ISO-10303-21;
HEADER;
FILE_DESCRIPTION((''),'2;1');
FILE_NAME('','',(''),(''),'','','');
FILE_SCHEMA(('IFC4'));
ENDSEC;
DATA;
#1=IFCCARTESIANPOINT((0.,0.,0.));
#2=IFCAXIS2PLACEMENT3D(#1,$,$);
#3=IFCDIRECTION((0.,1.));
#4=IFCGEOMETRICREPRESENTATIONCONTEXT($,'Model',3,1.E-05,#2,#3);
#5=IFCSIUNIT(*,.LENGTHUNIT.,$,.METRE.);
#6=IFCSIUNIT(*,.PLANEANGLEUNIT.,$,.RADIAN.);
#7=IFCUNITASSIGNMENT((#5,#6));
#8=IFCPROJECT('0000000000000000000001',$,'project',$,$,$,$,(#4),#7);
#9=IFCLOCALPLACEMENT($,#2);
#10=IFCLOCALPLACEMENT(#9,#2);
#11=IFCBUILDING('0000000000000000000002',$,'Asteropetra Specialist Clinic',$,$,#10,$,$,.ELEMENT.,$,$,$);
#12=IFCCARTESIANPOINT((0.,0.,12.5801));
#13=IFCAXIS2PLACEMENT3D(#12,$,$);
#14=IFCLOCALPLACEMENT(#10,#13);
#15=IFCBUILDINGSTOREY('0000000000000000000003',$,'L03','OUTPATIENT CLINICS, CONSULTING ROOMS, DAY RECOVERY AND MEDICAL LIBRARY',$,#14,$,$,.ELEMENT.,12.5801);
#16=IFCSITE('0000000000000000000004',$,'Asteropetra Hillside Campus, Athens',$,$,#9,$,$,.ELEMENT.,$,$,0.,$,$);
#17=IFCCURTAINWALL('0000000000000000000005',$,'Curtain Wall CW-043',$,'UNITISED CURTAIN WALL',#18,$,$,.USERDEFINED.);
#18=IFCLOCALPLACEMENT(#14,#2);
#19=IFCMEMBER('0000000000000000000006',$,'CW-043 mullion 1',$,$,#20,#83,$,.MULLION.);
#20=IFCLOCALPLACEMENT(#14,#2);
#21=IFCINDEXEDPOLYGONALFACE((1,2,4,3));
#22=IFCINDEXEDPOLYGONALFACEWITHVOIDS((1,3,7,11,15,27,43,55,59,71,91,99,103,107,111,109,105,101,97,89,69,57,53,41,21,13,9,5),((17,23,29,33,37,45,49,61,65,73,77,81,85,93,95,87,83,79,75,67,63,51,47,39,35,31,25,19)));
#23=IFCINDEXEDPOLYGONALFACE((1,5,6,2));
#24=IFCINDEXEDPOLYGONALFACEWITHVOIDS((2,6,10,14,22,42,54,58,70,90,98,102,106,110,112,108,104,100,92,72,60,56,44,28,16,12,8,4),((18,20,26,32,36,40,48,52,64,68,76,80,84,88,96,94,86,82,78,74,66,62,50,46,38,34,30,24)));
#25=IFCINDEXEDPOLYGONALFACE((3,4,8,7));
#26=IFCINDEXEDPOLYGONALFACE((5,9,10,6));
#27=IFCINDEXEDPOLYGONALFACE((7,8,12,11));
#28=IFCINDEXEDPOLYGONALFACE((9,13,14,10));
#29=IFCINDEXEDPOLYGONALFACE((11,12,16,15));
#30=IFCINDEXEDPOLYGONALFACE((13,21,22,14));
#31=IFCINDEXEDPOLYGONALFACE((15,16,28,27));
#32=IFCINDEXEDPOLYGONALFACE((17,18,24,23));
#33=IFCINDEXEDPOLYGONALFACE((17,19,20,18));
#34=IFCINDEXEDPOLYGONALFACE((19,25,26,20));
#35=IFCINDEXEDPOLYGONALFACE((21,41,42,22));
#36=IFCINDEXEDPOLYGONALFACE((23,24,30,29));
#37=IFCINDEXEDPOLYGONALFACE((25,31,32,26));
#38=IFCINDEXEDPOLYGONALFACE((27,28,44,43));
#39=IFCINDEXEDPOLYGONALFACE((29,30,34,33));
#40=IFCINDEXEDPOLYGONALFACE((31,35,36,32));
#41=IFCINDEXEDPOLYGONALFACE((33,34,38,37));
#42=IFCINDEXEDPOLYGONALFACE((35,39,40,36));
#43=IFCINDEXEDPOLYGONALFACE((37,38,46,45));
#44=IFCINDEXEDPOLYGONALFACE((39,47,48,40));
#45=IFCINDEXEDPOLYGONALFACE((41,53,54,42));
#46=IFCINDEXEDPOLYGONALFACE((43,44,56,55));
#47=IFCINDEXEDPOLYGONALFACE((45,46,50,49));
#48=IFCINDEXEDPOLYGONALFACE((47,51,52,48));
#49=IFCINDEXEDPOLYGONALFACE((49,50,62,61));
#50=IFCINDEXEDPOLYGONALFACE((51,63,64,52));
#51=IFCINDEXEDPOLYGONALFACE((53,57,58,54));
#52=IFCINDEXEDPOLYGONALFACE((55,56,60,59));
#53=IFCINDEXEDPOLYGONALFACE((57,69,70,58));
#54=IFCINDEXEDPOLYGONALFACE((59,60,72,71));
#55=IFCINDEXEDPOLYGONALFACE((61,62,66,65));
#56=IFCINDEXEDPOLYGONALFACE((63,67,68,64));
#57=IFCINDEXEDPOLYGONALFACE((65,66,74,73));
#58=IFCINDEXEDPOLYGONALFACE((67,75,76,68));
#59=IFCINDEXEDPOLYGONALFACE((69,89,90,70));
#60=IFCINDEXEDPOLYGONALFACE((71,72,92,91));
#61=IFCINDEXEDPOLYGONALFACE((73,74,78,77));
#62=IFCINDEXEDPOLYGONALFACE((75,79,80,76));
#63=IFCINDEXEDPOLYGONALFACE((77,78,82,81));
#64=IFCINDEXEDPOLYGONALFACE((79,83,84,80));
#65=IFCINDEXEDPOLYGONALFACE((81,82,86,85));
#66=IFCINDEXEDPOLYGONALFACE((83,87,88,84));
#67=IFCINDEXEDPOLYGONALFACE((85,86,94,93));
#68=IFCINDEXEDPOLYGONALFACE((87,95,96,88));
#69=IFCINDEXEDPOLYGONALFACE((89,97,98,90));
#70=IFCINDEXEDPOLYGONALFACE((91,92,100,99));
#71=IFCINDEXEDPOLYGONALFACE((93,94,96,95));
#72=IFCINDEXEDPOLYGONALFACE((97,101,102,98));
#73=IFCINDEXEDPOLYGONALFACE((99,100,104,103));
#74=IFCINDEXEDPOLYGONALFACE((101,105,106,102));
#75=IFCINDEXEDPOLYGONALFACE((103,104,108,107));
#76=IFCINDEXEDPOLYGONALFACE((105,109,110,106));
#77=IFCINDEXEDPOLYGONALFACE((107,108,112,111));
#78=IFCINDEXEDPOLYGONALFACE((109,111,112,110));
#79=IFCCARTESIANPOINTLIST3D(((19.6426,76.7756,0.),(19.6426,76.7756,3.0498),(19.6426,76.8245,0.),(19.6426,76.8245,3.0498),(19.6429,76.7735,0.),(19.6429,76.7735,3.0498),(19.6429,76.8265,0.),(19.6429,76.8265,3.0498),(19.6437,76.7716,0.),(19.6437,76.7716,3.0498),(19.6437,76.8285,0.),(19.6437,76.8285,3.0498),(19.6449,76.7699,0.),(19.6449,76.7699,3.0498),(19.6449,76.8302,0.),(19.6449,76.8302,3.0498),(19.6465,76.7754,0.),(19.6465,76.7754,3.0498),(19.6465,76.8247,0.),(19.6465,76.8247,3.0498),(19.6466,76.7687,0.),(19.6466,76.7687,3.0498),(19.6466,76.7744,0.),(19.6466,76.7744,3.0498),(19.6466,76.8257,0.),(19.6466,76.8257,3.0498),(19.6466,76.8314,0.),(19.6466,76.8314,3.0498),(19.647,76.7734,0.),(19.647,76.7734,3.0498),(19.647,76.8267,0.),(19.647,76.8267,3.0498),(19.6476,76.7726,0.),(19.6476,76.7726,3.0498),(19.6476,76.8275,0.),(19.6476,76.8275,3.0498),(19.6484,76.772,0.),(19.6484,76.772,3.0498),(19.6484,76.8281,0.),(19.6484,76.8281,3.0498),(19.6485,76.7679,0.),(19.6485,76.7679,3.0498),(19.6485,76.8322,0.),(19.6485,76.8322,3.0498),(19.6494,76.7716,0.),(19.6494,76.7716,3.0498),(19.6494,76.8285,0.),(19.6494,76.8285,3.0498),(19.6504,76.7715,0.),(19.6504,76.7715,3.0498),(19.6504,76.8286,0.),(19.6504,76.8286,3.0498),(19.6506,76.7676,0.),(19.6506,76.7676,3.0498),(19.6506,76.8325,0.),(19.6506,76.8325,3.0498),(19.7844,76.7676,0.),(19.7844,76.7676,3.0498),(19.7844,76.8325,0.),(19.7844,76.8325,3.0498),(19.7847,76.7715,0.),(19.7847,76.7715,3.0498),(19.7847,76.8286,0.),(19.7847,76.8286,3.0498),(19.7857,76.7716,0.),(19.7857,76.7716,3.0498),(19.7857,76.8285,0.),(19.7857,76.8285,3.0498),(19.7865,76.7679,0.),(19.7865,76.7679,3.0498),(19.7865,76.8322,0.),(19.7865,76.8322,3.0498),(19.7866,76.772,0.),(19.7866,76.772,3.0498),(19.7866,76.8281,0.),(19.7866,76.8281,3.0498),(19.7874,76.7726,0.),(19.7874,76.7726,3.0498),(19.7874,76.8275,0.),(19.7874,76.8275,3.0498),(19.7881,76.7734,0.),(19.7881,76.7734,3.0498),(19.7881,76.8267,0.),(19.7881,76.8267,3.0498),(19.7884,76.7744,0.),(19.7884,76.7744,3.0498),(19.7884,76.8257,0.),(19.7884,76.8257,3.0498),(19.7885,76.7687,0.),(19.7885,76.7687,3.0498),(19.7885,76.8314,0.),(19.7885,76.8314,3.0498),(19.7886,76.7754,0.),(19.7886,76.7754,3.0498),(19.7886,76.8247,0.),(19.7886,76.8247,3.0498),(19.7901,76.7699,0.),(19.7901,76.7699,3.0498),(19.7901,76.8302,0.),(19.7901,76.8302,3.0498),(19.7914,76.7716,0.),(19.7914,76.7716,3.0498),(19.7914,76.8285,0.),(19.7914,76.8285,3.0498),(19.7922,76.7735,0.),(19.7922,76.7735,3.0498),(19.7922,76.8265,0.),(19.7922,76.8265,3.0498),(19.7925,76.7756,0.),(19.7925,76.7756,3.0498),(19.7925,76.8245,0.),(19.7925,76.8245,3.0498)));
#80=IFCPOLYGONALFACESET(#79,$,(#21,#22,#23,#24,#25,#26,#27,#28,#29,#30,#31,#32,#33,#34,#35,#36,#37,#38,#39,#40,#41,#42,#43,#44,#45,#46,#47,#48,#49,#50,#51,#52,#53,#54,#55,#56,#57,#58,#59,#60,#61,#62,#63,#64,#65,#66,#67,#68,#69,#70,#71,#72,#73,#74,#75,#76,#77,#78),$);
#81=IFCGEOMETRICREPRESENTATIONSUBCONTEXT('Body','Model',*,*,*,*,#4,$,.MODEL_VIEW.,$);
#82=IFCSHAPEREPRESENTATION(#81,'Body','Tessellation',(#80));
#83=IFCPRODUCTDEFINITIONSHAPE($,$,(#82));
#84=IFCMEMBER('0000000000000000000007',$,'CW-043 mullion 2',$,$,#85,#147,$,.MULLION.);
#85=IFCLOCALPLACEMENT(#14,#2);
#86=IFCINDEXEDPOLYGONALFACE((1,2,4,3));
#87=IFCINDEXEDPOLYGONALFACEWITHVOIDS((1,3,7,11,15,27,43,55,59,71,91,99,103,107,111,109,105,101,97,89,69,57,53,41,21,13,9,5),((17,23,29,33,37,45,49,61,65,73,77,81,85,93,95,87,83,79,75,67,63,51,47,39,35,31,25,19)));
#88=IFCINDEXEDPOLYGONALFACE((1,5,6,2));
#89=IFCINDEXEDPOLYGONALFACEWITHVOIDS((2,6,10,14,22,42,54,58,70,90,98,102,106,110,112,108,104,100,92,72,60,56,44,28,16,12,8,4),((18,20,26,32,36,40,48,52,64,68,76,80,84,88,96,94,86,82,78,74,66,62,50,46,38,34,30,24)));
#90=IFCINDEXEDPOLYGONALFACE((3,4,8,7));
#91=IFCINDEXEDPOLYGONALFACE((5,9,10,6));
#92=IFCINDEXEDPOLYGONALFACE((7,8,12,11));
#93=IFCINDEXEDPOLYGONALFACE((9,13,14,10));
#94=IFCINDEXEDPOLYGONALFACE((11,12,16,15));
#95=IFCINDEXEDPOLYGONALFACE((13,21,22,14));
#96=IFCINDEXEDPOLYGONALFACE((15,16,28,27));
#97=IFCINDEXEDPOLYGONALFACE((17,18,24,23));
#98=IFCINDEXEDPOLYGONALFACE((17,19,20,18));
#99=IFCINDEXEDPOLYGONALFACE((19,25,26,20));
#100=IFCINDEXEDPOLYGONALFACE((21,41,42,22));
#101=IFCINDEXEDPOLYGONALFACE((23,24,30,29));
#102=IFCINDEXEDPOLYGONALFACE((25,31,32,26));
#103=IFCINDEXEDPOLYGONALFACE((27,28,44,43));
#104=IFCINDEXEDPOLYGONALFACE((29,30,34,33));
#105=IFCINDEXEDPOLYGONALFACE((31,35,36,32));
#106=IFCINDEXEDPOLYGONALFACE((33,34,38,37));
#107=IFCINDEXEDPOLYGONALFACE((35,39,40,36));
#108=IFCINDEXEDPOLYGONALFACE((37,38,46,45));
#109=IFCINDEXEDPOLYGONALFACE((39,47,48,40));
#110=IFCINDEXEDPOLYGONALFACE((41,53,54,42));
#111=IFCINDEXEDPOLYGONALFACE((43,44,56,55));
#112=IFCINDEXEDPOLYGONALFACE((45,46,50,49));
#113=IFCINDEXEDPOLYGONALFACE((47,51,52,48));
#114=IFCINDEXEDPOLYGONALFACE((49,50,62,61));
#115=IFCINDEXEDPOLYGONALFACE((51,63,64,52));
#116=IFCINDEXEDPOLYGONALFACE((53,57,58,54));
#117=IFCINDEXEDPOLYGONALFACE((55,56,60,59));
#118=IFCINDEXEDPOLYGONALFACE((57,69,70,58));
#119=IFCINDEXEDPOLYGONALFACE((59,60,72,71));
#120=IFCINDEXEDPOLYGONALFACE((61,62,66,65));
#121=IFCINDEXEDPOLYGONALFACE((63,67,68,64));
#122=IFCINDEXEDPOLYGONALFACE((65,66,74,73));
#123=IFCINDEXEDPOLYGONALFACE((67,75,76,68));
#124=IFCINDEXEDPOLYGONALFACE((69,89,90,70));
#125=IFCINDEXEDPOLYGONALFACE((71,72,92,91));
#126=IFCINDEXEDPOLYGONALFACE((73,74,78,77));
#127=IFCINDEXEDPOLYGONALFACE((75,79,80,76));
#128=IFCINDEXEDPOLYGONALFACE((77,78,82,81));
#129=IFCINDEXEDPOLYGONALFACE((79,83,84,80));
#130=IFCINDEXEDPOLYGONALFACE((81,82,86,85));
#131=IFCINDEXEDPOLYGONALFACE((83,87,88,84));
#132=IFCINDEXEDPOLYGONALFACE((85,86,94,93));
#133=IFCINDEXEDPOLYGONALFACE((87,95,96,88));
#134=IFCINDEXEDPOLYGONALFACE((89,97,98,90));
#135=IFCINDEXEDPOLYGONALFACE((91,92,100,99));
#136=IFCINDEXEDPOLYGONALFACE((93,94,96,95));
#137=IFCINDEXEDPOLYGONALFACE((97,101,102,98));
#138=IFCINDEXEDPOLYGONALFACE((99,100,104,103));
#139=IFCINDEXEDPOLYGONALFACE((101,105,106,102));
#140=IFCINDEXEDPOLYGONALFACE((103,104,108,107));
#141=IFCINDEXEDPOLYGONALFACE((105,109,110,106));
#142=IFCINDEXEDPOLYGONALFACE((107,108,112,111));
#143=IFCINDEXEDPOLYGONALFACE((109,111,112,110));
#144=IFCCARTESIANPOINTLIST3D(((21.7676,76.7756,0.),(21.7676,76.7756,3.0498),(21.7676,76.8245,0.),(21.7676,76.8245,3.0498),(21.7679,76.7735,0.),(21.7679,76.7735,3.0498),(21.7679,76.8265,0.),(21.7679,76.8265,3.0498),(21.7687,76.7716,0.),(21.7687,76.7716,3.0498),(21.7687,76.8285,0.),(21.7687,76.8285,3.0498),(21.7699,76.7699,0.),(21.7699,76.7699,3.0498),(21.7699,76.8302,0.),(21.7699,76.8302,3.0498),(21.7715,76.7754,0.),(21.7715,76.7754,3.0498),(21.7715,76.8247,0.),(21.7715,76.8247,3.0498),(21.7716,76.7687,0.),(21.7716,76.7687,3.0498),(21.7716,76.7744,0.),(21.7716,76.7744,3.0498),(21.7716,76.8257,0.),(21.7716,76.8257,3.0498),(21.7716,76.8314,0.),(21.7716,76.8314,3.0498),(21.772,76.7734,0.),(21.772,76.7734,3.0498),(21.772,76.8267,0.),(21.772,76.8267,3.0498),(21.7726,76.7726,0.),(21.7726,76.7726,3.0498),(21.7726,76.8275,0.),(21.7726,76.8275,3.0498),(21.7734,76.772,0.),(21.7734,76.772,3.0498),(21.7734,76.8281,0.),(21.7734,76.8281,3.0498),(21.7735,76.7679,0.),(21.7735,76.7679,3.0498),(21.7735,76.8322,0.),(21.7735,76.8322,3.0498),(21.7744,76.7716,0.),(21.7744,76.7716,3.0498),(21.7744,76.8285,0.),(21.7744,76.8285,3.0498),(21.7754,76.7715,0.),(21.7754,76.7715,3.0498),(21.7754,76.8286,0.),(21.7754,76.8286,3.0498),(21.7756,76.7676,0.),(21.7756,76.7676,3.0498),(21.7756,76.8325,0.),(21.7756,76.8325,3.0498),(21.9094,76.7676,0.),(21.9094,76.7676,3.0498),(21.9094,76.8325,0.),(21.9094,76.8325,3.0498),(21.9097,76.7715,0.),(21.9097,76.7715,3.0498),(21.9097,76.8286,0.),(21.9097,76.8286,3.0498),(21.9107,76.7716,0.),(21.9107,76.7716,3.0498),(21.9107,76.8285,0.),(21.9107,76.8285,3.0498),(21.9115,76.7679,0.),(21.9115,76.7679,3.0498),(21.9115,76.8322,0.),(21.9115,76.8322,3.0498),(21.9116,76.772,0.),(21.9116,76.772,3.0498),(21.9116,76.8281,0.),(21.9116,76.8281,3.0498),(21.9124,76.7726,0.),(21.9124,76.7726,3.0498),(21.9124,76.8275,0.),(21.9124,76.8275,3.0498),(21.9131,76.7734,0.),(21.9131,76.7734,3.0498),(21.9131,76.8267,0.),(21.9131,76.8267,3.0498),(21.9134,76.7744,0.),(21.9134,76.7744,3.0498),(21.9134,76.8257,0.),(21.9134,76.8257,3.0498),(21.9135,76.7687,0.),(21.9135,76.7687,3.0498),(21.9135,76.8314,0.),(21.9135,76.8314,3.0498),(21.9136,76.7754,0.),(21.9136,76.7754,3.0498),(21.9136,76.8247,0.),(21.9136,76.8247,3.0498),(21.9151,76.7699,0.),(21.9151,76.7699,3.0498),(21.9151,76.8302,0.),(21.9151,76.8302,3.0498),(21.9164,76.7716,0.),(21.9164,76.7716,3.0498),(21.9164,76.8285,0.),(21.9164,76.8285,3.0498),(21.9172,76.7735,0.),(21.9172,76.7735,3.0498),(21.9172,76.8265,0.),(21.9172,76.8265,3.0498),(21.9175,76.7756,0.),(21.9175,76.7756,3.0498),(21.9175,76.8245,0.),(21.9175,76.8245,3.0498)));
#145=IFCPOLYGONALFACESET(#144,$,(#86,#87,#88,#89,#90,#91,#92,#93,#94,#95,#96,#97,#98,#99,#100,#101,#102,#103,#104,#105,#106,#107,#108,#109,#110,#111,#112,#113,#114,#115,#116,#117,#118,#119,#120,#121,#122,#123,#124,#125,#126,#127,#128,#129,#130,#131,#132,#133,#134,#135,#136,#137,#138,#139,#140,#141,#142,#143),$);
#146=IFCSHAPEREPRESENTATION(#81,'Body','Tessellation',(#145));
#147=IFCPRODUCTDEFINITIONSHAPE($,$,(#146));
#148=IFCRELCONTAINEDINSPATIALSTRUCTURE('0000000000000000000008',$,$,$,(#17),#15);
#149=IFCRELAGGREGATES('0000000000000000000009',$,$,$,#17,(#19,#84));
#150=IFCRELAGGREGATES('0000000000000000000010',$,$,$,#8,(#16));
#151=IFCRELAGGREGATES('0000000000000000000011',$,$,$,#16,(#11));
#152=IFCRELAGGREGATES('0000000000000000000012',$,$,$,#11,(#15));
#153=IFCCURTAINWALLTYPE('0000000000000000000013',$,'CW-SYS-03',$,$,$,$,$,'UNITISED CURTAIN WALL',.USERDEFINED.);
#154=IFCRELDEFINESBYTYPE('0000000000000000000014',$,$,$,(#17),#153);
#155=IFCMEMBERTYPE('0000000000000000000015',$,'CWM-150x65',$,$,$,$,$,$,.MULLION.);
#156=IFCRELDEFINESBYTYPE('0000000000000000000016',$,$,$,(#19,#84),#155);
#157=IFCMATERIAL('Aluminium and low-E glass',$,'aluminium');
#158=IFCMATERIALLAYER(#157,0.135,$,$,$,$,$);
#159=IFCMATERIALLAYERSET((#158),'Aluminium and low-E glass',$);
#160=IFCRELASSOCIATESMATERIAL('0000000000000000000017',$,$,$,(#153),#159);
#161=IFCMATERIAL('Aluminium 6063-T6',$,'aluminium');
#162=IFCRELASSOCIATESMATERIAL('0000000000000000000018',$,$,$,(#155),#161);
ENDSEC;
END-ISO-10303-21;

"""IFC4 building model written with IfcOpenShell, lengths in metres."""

from ifc_helpers import new_model, si_unit, direction, frame, origin, origin_2d, place, context, subcontext, project, spatial, hollow_rectangle, extrude, material, layer, layer_set, material_profile, profile_set, type_object, element, aggregate, save


model = new_model("IFC4")

# Units and contexts
model_context = context("Model", 3, precision=1e-05, world=origin(), true_north=direction((0.0, 1.0)))
body_context = subcontext(model_context, "Body", "Model", "MODEL_VIEW")
ifc_project = project(units=[si_unit("LENGTHUNIT", "METRE"), si_unit("PLANEANGLEUNIT", "RADIAN")], contexts=[model_context])

# Site, building, storey
site_placement = place(None, origin())
site = spatial("IfcSite", under=ifc_project, at=site_placement, Name="Asteropetra Hillside Campus, Athens", CompositionType="ELEMENT", RefElevation=0.0)
building_placement = place(site_placement, origin())
building = spatial("IfcBuilding", under=site, at=building_placement, Name="Asteropetra Specialist Clinic", CompositionType="ELEMENT")
storey_placement = place(building_placement, frame((0.0, 0.0, 12.5801)))
storey = spatial("IfcBuildingStorey", under=building, at=storey_placement, Name="L03", Description="OUTPATIENT CLINICS, CONSULTING ROOMS, DAY RECOVERY AND MEDICAL LIBRARY", CompositionType="ELEMENT", Elevation=12.5801)

# Curtain wall, members
ifc_material_1 = material(Name="Aluminium and low-E glass", Category="aluminium")
ifc_layer_1 = layer(ifc_material_1, 0.135)
ifc_layer_set_1 = layer_set([ifc_layer_1], Name="Aluminium and low-E glass")
curtain_wall_type_1 = type_object("IfcCurtainWallType", Name="CW-SYS-03", ElementType="UNITISED CURTAIN WALL", PredefinedType="USERDEFINED", material=ifc_layer_set_1)
curtain_wall_1_placement = place(storey_placement, origin())
curtain_wall_1 = element("IfcCurtainWall", 1, at=curtain_wall_1_placement, inside=storey, type_object=curtain_wall_type_1, Name="Curtain Wall CW-043", ObjectType="UNITISED CURTAIN WALL", PredefinedType="USERDEFINED")
ifc_material_2 = material(Name="Aluminium 6063-T6", Category="aluminium")
ifc_material_profile_1 = material_profile(ifc_material_2, hollow_rectangle(XDim=0.0649, YDim=0.1499, WallThickness=0.0039, InnerFilletRadius=0.0039, OuterFilletRadius=0.0081, at=origin_2d()), Name="MUL 150x65x4.0")
ifc_profile_set_1 = profile_set([ifc_material_profile_1], Name="Aluminium 6063-T6")
member_type_1 = type_object("IfcMemberType", Name="CWM-150x65", PredefinedType="MULLION", material=ifc_profile_set_1)
member_1_placement = place(storey_placement, frame((19.7175, 76.8, 0.0), z_axis=(0.0, 0.0, 1.0), x_axis=(0.0, 1.0, 0.0)))
member_1 = element("IfcMember", 2, at=member_1_placement, type_object=member_type_1, Name="CW-043 mullion 1", PredefinedType="MULLION", context=body_context, shape_type="SweptSolid", body=[
    extrude(hollow_rectangle(XDim=0.0649, YDim=0.1499, WallThickness=0.0039, InnerFilletRadius=0.0039, OuterFilletRadius=0.0081, at=origin_2d()), origin(), (0.0, 0.0, 1.0), 3.0498),
])
member_2_placement = place(storey_placement, frame((21.8425, 76.8, 0.0), z_axis=(0.0, 0.0, 1.0), x_axis=(0.0, 1.0, 0.0)))
member_2 = element("IfcMember", 3, at=member_2_placement, type_object=member_type_1, Name="CW-043 mullion 2", PredefinedType="MULLION", context=body_context, shape_type="SweptSolid", body=[
    extrude(hollow_rectangle(XDim=0.0649, YDim=0.1499, WallThickness=0.0039, InnerFilletRadius=0.0039, OuterFilletRadius=0.0081, at=origin_2d()), origin(), (0.0, 0.0, 1.0), 3.0498),
])

aggregate(curtain_wall_1, [member_1, member_2])

save(model, "model.ifc")
